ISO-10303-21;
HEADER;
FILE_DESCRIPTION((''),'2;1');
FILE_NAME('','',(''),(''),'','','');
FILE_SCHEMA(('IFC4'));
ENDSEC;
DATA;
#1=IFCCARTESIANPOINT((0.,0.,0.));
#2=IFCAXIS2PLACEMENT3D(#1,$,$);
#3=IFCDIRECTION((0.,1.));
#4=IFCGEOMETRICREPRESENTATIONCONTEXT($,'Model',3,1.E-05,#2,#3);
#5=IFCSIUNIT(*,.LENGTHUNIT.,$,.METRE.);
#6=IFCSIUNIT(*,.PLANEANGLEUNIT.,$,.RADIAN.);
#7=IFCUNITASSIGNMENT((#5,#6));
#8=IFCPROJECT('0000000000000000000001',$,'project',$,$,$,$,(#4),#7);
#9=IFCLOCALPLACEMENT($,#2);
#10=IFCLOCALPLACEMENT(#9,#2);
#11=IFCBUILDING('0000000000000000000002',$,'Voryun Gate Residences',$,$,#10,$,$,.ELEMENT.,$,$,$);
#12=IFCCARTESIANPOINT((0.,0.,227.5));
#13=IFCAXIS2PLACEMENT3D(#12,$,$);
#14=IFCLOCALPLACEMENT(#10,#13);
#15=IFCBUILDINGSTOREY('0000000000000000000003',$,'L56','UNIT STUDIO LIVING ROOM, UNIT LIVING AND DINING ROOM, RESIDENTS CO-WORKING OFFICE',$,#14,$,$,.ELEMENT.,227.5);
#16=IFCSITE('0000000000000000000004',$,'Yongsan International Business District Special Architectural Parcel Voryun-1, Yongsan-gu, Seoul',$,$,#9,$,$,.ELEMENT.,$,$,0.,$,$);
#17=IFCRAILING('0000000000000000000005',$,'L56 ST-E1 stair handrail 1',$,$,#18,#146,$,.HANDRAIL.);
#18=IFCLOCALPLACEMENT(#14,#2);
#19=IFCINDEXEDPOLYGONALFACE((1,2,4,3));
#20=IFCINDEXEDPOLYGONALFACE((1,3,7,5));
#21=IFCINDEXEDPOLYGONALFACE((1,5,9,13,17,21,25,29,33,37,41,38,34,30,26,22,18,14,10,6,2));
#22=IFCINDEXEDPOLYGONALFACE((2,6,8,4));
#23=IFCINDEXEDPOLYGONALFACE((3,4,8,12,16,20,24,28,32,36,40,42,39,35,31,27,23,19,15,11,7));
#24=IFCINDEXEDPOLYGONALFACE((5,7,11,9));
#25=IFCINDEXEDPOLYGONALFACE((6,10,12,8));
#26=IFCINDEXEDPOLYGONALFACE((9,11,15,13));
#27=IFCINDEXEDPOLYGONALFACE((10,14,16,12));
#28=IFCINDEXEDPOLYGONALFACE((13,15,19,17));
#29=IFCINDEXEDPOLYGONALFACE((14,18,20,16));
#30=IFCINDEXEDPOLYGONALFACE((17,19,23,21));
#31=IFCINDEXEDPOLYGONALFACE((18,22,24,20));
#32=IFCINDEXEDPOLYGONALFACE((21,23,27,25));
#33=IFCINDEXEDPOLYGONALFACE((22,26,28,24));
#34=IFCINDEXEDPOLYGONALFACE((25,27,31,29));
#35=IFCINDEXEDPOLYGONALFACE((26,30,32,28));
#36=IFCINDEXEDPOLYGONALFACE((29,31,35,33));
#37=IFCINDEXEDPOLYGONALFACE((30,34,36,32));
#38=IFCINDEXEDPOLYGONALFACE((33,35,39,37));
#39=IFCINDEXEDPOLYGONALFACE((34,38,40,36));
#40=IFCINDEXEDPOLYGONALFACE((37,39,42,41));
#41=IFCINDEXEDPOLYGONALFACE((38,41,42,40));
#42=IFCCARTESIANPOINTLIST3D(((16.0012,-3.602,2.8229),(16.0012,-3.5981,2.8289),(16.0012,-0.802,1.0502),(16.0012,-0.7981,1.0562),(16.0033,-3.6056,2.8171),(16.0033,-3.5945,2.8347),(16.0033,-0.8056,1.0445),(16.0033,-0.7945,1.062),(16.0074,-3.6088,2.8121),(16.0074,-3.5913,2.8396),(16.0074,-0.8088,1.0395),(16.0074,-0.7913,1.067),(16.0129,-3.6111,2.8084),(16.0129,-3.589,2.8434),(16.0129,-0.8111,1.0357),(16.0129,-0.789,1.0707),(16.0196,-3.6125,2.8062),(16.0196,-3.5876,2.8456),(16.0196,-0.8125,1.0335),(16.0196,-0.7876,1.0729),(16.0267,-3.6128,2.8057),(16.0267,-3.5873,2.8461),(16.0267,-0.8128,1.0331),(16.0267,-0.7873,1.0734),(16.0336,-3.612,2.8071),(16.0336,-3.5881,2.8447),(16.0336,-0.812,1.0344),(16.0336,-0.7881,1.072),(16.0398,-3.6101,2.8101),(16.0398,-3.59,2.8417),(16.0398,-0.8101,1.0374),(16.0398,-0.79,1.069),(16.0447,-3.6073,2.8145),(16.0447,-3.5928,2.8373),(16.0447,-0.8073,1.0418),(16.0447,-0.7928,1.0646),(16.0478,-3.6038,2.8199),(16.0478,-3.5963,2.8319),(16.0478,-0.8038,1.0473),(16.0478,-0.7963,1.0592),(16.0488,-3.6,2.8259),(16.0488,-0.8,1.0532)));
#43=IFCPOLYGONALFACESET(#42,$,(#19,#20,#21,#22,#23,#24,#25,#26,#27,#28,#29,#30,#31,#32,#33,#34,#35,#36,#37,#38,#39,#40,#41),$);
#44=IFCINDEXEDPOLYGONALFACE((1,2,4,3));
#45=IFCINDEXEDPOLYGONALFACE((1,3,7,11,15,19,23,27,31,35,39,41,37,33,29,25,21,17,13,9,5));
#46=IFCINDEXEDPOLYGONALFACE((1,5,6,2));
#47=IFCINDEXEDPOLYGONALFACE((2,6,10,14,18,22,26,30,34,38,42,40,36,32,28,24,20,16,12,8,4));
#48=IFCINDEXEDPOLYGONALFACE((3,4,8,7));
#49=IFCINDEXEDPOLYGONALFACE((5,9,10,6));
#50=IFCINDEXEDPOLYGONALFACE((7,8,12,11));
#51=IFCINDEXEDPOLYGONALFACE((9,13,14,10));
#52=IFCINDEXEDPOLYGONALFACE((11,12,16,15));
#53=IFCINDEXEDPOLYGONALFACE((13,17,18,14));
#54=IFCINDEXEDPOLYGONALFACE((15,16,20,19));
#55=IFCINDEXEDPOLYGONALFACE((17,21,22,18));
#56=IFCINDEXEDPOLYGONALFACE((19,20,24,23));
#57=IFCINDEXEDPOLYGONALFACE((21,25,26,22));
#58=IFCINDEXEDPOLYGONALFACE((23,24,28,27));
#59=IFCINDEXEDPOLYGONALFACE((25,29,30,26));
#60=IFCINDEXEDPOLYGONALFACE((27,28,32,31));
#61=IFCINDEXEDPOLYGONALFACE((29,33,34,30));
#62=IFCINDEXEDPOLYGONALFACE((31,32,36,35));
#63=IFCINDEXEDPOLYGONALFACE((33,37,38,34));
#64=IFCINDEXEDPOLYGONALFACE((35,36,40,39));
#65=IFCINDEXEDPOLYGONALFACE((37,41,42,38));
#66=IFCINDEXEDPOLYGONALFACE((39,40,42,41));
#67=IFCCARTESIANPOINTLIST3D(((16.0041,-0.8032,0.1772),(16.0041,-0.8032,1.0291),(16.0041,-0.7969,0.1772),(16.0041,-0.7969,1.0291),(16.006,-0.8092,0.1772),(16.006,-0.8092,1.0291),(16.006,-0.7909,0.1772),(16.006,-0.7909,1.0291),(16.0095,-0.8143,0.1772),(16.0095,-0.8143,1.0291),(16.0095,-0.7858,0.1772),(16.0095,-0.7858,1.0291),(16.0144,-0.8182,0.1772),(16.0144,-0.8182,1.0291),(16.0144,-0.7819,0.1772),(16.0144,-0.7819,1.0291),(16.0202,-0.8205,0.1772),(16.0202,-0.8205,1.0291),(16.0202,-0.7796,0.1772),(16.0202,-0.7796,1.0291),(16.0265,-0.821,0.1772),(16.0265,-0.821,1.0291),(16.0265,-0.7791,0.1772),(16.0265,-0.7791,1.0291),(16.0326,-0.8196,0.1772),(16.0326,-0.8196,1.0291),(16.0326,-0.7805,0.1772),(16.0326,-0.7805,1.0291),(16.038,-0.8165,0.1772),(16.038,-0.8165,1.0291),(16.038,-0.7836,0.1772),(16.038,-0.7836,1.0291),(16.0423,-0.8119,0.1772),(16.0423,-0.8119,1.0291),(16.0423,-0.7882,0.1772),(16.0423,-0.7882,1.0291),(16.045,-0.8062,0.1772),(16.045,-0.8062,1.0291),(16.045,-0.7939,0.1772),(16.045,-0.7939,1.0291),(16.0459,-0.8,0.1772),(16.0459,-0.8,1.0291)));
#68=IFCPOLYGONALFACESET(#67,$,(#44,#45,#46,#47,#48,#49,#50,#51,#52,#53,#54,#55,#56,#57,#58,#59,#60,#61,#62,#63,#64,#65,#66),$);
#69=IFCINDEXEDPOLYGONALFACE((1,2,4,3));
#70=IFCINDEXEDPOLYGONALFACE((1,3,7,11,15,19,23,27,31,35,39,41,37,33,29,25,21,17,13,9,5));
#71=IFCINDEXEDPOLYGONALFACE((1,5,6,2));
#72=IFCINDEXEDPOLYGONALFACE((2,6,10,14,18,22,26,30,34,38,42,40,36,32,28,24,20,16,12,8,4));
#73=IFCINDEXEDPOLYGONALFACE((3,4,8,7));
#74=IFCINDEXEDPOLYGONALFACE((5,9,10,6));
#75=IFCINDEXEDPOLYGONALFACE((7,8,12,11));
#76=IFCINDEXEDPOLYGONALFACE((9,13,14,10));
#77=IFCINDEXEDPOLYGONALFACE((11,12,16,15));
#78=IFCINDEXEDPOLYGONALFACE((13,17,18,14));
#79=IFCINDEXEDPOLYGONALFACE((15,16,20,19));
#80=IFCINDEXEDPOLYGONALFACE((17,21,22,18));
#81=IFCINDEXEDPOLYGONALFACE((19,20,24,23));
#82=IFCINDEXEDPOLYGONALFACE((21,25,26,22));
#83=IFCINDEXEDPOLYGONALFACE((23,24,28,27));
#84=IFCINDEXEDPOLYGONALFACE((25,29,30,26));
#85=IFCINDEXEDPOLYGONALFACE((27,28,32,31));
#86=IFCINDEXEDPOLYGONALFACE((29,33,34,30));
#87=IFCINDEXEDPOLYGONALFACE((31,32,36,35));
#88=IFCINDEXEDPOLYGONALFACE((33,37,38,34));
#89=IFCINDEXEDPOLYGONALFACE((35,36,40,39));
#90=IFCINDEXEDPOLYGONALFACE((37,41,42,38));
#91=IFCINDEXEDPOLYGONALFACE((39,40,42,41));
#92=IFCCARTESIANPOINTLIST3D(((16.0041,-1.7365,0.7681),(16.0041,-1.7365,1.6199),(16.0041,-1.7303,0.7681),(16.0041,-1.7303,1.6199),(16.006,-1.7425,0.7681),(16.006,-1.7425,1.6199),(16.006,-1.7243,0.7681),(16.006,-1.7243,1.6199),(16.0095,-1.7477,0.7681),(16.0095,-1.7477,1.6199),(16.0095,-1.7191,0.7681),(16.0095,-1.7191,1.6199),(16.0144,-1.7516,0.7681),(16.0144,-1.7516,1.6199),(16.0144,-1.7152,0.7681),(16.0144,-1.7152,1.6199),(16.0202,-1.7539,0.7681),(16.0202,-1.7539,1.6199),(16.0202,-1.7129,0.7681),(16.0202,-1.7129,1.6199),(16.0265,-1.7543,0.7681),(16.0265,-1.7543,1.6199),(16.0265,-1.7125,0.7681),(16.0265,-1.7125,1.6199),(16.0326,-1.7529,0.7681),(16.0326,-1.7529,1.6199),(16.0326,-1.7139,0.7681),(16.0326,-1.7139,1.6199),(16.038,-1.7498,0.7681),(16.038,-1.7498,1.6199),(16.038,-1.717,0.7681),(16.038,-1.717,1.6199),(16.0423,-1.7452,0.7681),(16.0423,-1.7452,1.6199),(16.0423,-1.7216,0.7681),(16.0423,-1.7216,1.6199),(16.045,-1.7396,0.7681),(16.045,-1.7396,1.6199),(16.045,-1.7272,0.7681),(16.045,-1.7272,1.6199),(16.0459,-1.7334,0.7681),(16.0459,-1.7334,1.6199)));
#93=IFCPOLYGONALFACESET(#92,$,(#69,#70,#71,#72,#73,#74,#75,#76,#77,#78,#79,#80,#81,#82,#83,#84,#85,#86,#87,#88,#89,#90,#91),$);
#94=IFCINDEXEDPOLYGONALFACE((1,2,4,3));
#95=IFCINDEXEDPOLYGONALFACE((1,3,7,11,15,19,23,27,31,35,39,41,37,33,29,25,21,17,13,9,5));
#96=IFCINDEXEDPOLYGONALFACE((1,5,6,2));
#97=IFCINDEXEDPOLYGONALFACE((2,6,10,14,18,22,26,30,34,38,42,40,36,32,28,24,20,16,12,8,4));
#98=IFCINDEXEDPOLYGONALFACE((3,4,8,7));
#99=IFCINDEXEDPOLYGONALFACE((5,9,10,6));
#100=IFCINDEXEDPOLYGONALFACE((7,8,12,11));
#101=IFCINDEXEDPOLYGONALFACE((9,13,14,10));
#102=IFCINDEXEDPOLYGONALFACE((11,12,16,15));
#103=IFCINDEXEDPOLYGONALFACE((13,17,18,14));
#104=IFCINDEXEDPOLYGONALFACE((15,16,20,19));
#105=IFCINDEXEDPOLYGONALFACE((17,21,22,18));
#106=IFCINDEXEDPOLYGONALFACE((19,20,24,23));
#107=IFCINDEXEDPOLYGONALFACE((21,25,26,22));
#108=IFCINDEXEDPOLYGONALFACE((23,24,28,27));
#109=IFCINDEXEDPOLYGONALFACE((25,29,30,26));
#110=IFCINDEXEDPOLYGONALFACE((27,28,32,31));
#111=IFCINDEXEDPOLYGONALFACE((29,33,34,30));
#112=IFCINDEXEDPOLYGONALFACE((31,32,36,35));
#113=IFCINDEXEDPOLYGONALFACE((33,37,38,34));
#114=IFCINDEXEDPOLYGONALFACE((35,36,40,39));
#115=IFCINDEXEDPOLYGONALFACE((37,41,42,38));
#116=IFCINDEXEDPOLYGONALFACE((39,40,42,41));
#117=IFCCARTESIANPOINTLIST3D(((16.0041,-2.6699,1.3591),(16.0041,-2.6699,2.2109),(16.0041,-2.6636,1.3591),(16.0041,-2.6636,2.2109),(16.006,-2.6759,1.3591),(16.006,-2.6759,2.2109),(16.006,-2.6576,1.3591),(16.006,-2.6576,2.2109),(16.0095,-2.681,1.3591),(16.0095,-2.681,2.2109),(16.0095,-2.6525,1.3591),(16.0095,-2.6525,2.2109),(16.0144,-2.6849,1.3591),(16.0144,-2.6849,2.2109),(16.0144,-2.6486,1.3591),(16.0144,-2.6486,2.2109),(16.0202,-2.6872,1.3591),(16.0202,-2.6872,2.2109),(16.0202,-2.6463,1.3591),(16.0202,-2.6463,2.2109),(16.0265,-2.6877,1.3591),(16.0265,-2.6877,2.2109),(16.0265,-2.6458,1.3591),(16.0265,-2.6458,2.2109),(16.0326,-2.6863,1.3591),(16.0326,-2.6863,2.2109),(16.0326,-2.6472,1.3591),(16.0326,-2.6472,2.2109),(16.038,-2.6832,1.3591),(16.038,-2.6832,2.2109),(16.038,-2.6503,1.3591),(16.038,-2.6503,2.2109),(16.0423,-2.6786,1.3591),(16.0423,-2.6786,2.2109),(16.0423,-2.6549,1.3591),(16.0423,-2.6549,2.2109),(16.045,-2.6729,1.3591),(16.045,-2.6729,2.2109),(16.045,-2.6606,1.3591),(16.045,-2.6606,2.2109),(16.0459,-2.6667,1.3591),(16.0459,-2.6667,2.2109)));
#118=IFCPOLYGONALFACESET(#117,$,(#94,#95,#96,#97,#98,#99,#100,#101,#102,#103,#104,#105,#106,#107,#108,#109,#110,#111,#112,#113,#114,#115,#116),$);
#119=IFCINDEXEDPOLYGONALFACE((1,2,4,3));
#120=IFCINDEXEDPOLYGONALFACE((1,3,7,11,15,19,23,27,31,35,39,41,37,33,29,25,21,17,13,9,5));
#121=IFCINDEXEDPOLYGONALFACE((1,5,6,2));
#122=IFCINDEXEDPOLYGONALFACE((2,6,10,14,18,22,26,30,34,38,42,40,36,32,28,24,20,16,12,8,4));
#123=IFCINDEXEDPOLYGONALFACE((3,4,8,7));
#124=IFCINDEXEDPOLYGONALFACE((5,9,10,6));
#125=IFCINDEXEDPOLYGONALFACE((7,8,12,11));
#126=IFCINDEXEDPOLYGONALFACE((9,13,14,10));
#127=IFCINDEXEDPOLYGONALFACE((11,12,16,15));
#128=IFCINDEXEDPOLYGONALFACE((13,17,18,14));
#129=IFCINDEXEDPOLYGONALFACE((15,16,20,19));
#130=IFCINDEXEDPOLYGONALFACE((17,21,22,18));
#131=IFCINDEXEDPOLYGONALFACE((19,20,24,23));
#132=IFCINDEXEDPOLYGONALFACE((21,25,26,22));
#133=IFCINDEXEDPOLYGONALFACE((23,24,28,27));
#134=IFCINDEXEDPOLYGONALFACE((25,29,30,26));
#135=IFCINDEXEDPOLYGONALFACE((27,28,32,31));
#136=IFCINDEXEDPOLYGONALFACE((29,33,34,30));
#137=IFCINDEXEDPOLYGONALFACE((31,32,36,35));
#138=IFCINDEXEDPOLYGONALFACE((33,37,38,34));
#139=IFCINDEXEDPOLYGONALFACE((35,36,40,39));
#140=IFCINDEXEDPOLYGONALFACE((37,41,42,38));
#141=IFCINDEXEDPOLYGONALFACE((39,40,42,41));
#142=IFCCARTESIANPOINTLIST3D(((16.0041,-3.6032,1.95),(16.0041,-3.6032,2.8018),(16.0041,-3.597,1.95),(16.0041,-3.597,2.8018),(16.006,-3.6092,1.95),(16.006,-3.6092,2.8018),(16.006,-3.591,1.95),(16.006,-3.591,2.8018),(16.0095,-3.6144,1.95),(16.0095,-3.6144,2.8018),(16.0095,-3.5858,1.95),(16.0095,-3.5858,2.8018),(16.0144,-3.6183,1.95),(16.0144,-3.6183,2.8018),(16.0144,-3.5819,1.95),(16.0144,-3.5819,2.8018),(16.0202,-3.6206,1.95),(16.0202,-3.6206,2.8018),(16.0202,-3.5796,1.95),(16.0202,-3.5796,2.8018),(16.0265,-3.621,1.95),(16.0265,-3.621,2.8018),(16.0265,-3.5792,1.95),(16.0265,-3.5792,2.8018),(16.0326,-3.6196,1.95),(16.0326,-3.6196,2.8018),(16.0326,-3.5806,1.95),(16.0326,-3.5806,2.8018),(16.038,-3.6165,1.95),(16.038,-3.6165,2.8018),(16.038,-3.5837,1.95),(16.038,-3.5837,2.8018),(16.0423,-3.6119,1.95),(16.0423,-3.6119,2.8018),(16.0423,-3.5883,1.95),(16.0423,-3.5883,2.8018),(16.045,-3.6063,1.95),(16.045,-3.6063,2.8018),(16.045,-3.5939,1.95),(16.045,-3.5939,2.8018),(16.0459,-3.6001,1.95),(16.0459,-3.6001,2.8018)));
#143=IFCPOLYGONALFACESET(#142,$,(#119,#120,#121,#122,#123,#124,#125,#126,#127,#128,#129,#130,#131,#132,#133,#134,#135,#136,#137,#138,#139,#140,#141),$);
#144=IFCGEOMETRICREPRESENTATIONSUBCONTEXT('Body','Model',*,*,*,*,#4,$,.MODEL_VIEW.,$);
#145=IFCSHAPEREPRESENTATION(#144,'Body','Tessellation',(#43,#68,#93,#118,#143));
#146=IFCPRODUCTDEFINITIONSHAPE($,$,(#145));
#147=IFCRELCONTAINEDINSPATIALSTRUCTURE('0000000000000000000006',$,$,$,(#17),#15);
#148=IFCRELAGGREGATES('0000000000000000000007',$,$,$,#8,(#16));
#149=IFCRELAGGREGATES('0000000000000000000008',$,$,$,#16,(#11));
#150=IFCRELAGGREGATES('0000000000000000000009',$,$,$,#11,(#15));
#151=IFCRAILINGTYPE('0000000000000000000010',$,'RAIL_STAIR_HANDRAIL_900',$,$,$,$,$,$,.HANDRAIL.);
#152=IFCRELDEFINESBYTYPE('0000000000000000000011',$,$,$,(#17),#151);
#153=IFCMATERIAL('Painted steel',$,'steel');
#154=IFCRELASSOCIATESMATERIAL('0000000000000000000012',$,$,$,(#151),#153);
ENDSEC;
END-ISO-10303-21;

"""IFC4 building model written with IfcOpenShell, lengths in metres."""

from ifc_helpers import new_model, si_unit, direction, frame, origin, origin_2d, place, context, subcontext, project, spatial, circle, extrude, material, type_object, element, save


model = new_model("IFC4")

# Units and contexts
model_context = context("Model", 3, precision=1e-05, world=origin(), true_north=direction((0.0, 1.0)))
body_context = subcontext(model_context, "Body", "Model", "MODEL_VIEW")
ifc_project = project(units=[si_unit("LENGTHUNIT", "METRE"), si_unit("PLANEANGLEUNIT", "RADIAN")], contexts=[model_context])

# Site, building, storey
site_placement = place(None, origin())
site = spatial("IfcSite", under=ifc_project, at=site_placement, Name="Yongsan International Business District Special Architectural Parcel Voryun-1, Yongsan-gu, Seoul", CompositionType="ELEMENT", RefElevation=0.0)
building_placement = place(site_placement, origin())
building = spatial("IfcBuilding", under=site, at=building_placement, Name="Voryun Gate Residences", CompositionType="ELEMENT")
storey_placement = place(building_placement, frame((0.0, 0.0, 227.5)))
storey = spatial("IfcBuildingStorey", under=building, at=storey_placement, Name="L56", Description="UNIT STUDIO LIVING ROOM, UNIT LIVING AND DINING ROOM, RESIDENTS CO-WORKING OFFICE", CompositionType="ELEMENT", Elevation=227.5)

# Railing
ifc_material_1 = material(Name="Painted steel", Category="steel")
railing_type_1 = type_object("IfcRailingType", Name="RAIL_STAIR_HANDRAIL_900", PredefinedType="HANDRAIL", material=ifc_material_1)
railing_1_placement = place(storey_placement, frame((16.0249, -0.8, 0.1772)))
element("IfcRailing", 1, at=railing_1_placement, inside=storey, type_object=railing_type_1, Name="L56 ST-E1 stair handrail 1", PredefinedType="HANDRAIL", context=body_context, shape_type="SweptSolid", body=[
    extrude(circle(Radius=0.0239, at=origin_2d()), frame((0.0, 0.0, 0.876), z_axis=(0.0, -0.844909, 0.53491), x_axis=(1.0, 0.0, 0.0)), (0.0, 0.0, 1.0), 3.314),
    extrude(circle(Radius=0.021, at=origin_2d()), origin(), (0.0, 0.0, 1.0), 0.8518),
    extrude(circle(Radius=0.021, at=origin_2d()), frame((0.0, -0.9333, 0.5908)), (0.0, 0.0, 1.0), 0.8518),
    extrude(circle(Radius=0.021, at=origin_2d()), frame((0.0, -1.8667, 1.1819)), (0.0, 0.0, 1.0), 0.8518),
    extrude(circle(Radius=0.021, at=origin_2d()), frame((0.0, -2.8, 1.7727)), (0.0, 0.0, 1.0), 0.8518),
])

save(model, "model.ifc")
